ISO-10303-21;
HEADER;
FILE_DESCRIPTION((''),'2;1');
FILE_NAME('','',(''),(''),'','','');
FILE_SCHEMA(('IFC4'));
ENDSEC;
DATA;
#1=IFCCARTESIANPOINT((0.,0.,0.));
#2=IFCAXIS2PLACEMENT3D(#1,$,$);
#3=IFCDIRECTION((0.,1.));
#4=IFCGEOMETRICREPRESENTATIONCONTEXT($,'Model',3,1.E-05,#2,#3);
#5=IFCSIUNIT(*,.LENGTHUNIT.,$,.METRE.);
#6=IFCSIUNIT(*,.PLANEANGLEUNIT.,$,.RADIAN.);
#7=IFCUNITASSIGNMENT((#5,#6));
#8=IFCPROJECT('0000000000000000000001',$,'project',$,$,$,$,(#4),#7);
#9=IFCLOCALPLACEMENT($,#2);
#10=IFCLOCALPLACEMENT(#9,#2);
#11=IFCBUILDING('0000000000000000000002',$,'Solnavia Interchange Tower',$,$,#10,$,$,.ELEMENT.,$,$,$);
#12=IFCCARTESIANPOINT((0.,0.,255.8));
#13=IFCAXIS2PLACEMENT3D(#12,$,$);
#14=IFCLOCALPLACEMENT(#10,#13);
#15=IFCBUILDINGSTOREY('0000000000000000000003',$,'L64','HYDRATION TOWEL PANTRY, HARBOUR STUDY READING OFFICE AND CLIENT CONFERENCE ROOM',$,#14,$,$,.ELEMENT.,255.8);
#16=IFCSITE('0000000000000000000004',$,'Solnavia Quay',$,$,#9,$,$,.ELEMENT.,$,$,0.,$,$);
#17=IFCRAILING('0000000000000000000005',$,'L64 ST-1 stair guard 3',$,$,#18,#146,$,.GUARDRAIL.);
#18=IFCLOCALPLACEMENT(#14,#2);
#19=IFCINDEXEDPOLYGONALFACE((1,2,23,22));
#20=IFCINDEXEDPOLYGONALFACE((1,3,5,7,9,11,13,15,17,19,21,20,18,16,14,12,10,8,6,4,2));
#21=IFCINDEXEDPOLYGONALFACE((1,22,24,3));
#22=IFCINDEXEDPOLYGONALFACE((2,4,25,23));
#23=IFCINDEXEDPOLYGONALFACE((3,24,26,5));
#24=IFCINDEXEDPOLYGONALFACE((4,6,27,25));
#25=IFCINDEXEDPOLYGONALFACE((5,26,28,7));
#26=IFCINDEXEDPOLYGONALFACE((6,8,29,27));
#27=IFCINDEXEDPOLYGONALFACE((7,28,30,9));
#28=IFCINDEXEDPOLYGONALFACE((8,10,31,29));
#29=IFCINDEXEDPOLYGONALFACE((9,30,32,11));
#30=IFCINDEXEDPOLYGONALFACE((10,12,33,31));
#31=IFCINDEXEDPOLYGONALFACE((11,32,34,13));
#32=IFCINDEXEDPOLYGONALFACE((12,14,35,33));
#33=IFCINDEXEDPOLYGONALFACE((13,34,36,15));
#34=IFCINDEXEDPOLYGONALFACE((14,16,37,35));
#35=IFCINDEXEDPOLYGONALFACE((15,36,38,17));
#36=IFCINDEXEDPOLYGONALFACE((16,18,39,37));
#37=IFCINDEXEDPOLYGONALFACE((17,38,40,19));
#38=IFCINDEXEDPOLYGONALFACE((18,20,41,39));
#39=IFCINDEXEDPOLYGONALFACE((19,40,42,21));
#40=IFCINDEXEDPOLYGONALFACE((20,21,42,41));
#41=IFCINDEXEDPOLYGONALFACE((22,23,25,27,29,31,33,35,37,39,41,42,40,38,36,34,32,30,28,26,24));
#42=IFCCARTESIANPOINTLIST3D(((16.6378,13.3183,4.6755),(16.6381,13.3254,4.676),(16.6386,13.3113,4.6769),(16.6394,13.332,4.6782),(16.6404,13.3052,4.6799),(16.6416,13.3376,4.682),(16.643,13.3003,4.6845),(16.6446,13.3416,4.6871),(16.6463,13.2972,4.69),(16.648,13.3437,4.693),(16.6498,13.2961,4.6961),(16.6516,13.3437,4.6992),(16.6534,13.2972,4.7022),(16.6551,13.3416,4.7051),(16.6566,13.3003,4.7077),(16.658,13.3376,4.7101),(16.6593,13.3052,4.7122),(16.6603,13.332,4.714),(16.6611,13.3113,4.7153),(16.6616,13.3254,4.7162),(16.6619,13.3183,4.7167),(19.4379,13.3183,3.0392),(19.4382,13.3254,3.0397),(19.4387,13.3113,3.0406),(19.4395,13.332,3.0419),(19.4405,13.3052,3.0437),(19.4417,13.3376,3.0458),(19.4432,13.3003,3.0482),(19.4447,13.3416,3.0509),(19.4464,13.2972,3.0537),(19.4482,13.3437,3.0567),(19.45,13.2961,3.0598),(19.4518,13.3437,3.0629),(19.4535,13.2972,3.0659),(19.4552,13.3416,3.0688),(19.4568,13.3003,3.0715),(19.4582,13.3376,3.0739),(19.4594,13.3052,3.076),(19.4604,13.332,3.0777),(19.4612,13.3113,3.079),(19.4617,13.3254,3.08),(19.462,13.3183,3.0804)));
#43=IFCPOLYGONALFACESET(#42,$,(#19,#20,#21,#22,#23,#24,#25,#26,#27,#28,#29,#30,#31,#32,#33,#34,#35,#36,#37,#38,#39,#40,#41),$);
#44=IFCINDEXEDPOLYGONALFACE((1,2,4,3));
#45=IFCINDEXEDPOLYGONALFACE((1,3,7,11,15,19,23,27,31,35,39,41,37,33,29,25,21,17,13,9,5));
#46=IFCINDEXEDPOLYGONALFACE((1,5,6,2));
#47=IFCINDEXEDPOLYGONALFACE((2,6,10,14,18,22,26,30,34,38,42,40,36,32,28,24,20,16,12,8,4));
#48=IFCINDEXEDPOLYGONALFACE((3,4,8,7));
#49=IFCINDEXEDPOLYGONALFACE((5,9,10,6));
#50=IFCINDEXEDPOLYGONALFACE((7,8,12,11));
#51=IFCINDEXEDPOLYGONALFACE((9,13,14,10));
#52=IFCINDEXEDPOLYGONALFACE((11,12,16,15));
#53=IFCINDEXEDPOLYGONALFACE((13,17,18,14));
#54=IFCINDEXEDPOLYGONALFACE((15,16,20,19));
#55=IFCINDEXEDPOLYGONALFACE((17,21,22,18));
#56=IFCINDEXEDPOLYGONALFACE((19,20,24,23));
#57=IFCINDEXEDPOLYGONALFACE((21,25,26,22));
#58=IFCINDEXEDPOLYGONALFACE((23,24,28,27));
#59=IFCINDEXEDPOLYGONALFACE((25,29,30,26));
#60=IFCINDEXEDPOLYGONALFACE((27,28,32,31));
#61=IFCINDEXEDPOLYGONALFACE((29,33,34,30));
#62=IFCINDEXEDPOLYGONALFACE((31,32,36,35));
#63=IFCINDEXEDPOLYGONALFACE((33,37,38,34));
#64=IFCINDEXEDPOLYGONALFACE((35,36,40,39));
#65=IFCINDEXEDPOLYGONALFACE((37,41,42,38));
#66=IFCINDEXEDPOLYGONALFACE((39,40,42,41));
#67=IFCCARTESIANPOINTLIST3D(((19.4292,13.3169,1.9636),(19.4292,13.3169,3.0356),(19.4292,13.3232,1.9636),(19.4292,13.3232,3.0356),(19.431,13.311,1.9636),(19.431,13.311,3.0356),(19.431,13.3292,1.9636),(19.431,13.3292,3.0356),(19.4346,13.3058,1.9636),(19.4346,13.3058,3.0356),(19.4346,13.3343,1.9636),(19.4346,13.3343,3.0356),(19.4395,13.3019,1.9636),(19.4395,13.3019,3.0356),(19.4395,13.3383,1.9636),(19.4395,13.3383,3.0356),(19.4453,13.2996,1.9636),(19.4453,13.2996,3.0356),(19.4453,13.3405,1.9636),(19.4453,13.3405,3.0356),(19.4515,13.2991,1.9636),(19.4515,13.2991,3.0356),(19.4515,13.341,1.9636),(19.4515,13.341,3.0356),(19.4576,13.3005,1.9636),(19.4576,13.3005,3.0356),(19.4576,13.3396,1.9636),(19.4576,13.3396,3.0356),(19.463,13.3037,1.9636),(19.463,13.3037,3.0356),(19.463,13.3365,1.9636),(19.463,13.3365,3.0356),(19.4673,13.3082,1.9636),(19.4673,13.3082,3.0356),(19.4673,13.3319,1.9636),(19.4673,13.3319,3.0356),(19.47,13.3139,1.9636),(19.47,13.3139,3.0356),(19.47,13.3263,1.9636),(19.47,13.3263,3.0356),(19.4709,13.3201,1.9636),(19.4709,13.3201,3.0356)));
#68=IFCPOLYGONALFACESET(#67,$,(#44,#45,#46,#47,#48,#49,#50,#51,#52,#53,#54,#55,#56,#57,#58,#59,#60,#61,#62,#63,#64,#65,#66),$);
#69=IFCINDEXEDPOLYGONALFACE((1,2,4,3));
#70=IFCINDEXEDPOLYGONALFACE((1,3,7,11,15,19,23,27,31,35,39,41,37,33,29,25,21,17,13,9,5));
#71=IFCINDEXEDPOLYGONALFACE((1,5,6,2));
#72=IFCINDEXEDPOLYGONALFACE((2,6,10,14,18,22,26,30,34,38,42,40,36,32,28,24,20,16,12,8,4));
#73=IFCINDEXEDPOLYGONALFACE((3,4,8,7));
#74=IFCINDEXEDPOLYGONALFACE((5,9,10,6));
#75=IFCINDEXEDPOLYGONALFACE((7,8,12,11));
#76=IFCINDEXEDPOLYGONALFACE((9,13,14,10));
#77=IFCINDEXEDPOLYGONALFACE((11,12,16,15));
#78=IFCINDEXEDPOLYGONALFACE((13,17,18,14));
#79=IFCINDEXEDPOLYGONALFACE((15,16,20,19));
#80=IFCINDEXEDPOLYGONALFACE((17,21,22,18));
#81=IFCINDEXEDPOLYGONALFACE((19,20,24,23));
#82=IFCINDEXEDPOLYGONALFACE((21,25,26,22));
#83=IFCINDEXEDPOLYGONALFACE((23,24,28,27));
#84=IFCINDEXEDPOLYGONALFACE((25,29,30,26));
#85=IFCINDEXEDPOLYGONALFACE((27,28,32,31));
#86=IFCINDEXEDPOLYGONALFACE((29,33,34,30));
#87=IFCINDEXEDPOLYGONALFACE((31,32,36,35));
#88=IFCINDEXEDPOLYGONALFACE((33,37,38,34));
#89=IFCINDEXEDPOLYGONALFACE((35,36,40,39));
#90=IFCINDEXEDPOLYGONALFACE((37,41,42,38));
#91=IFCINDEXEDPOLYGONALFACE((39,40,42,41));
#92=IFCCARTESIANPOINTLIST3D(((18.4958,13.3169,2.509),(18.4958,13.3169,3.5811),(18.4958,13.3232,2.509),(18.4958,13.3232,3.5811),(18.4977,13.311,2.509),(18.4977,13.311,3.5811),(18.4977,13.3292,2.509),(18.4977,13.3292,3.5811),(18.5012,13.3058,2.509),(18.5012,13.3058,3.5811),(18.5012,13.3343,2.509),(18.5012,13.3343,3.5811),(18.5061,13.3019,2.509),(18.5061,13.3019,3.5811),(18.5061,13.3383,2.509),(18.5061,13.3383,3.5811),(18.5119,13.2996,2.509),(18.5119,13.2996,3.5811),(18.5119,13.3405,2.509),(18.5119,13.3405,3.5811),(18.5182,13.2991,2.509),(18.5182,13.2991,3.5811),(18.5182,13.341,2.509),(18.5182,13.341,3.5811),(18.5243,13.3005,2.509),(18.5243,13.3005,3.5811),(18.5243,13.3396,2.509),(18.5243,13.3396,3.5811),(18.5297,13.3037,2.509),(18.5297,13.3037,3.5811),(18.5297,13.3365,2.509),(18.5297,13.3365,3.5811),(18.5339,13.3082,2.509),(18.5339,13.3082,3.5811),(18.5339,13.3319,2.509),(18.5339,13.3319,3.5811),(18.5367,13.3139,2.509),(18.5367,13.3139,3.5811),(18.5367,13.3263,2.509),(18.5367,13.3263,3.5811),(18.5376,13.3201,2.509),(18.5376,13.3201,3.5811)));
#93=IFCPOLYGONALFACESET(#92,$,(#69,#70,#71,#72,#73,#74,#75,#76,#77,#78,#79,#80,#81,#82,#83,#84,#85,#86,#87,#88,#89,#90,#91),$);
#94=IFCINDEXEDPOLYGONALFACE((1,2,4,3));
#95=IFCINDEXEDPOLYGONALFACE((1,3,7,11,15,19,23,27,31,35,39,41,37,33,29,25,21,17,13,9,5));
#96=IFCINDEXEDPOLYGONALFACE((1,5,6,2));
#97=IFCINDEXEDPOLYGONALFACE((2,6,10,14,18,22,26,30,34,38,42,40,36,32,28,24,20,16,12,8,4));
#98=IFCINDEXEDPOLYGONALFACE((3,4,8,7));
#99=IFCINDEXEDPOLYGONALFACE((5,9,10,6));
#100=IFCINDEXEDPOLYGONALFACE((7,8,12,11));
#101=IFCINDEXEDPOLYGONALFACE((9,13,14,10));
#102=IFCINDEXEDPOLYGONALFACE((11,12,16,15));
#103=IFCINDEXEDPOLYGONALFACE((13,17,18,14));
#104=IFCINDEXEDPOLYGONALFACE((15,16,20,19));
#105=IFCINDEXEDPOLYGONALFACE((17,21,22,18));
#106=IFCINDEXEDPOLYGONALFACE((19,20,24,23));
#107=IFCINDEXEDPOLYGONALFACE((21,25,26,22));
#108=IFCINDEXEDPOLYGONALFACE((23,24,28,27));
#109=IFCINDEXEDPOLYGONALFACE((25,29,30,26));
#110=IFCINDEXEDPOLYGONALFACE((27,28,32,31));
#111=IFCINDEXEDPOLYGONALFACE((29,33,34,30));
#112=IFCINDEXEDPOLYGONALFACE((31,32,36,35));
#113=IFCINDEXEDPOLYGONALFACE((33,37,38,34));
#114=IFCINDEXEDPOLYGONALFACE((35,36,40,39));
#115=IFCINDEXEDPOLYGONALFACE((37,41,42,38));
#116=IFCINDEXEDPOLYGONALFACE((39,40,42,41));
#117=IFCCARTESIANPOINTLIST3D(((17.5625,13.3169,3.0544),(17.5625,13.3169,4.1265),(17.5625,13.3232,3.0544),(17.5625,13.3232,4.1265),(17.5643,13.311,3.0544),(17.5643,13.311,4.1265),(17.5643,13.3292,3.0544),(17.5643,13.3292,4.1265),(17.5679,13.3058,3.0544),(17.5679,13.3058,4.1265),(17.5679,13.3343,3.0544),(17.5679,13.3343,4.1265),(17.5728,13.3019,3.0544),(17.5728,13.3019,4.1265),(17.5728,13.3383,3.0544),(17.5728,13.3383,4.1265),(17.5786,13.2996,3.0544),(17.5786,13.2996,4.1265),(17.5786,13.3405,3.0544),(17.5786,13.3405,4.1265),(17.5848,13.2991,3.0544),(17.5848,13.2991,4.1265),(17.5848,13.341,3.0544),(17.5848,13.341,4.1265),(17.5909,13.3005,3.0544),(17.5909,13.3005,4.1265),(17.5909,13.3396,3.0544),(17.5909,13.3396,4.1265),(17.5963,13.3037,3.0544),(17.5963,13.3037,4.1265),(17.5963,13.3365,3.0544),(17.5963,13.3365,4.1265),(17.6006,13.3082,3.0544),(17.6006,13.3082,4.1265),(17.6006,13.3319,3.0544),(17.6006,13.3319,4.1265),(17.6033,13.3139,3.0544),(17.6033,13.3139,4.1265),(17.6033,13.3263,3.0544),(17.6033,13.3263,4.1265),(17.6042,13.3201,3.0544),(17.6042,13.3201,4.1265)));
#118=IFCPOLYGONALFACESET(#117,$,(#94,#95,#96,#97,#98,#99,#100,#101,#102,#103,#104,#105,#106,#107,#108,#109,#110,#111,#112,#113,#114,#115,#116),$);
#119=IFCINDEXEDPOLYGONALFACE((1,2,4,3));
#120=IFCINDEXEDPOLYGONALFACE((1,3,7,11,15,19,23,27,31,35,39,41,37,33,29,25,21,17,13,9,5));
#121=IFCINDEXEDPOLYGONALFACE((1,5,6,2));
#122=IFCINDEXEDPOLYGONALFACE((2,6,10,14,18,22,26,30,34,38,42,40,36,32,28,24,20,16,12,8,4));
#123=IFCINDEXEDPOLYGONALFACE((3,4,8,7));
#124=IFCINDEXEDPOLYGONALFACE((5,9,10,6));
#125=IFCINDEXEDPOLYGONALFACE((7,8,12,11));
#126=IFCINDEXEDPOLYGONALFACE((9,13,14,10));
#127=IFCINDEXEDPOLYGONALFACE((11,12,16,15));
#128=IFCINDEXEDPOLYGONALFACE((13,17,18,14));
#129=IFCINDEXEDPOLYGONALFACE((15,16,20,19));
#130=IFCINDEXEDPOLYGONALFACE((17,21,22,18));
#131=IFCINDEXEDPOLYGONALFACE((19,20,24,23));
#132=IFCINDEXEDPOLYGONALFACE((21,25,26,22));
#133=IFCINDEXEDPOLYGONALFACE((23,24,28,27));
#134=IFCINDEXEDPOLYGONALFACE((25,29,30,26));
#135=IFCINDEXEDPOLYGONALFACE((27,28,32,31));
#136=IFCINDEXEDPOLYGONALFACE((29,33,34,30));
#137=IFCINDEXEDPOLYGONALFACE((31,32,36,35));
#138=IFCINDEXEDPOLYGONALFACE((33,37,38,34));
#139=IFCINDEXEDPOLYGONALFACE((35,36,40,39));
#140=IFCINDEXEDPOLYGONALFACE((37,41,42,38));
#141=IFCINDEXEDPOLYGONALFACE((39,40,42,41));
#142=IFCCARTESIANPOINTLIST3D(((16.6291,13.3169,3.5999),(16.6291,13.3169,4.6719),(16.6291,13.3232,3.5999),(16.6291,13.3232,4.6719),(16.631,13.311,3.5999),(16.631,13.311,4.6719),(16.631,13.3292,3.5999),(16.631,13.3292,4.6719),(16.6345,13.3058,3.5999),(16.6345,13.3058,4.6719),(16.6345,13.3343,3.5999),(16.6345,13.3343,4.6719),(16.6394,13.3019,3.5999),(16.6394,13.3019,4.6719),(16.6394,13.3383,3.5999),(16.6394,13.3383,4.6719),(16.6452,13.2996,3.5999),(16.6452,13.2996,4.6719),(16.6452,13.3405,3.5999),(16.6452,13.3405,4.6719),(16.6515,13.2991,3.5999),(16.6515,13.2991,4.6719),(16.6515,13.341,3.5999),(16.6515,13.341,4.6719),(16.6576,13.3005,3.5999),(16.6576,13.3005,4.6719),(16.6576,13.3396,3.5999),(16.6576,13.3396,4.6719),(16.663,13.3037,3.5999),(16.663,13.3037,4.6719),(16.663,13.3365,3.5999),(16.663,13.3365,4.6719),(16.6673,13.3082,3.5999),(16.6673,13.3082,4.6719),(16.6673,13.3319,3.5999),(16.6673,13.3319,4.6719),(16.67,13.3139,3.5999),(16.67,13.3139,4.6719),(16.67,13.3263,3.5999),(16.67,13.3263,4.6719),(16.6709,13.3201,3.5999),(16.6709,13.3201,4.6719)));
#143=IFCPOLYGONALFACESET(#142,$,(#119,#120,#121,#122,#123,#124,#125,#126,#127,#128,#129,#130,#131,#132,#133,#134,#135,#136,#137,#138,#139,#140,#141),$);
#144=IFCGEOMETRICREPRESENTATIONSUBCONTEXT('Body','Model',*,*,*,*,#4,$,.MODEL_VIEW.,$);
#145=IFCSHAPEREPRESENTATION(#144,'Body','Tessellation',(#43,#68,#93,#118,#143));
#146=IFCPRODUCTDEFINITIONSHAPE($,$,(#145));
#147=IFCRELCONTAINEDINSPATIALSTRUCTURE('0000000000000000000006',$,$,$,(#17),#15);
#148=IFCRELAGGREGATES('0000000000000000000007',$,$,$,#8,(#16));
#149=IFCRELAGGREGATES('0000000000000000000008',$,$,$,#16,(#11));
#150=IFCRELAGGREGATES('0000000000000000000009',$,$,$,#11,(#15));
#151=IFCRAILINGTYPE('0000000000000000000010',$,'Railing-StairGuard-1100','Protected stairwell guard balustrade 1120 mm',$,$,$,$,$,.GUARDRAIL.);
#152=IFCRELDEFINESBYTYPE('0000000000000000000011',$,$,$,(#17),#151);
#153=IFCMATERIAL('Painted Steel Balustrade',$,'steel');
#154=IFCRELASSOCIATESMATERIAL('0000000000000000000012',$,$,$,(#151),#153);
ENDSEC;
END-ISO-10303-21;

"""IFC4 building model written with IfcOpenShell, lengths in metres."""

from ifc_helpers import new_model, si_unit, direction, frame, origin, origin_2d, place, context, subcontext, project, spatial, circle, extrude, material, type_object, element, save


model = new_model("IFC4")

# Units and contexts
model_context = context("Model", 3, precision=1e-05, world=origin(), true_north=direction((0.0, 1.0)))
body_context = subcontext(model_context, "Body", "Model", "MODEL_VIEW")
ifc_project = project(units=[si_unit("LENGTHUNIT", "METRE"), si_unit("PLANEANGLEUNIT", "RADIAN")], contexts=[model_context])

# Site, building, storey
site_placement = place(None, origin())
site = spatial("IfcSite", under=ifc_project, at=site_placement, Name="Solnavia Quay", CompositionType="ELEMENT", RefElevation=0.0)
building_placement = place(site_placement, origin())
building = spatial("IfcBuilding", under=site, at=building_placement, Name="Solnavia Interchange Tower", CompositionType="ELEMENT")
storey_placement = place(building_placement, frame((0.0, 0.0, 255.8)))
storey = spatial("IfcBuildingStorey", under=building, at=storey_placement, Name="L64", Description="HYDRATION TOWEL PANTRY, HARBOUR STUDY READING OFFICE AND CLIENT CONFERENCE ROOM", CompositionType="ELEMENT", Elevation=255.8)

# Railing
ifc_material_1 = material(Name="Painted Steel Balustrade", Category="steel")
railing_type_1 = type_object("IfcRailingType", Name="Railing-StairGuard-1100", Description="Protected stairwell guard balustrade 1120 mm", PredefinedType="GUARDRAIL", material=ifc_material_1)
railing_1_placement = place(storey_placement, frame((19.45, 13.3201, 1.9636)))
element("IfcRailing", 1, at=railing_1_placement, inside=storey, type_object=railing_type_1, Name="L64 ST-1 stair guard 3", PredefinedType="GUARDRAIL", context=body_context, shape_type="SweptSolid", body=[
    extrude(circle(Radius=0.0239, at=origin_2d()), frame((0.0, 0.0, 1.0962), z_axis=(-0.863394, 0.0, 0.504531), x_axis=(0.0, -1.0, 0.0)), (0.0, 0.0, 1.0), 3.2432),
    extrude(circle(Radius=0.021, at=origin_2d()), origin(), (0.0, 0.0, 1.0), 1.072),
    extrude(circle(Radius=0.021, at=origin_2d()), frame((-0.9333, 0.0, 0.5454)), (0.0, 0.0, 1.0), 1.072),
    extrude(circle(Radius=0.021, at=origin_2d()), frame((-1.8667, 0.0, 1.0908)), (0.0, 0.0, 1.0), 1.072),
    extrude(circle(Radius=0.021, at=origin_2d()), frame((-2.8, 0.0, 1.6362)), (0.0, 0.0, 1.0), 1.072),
])

save(model, "model.ifc")
